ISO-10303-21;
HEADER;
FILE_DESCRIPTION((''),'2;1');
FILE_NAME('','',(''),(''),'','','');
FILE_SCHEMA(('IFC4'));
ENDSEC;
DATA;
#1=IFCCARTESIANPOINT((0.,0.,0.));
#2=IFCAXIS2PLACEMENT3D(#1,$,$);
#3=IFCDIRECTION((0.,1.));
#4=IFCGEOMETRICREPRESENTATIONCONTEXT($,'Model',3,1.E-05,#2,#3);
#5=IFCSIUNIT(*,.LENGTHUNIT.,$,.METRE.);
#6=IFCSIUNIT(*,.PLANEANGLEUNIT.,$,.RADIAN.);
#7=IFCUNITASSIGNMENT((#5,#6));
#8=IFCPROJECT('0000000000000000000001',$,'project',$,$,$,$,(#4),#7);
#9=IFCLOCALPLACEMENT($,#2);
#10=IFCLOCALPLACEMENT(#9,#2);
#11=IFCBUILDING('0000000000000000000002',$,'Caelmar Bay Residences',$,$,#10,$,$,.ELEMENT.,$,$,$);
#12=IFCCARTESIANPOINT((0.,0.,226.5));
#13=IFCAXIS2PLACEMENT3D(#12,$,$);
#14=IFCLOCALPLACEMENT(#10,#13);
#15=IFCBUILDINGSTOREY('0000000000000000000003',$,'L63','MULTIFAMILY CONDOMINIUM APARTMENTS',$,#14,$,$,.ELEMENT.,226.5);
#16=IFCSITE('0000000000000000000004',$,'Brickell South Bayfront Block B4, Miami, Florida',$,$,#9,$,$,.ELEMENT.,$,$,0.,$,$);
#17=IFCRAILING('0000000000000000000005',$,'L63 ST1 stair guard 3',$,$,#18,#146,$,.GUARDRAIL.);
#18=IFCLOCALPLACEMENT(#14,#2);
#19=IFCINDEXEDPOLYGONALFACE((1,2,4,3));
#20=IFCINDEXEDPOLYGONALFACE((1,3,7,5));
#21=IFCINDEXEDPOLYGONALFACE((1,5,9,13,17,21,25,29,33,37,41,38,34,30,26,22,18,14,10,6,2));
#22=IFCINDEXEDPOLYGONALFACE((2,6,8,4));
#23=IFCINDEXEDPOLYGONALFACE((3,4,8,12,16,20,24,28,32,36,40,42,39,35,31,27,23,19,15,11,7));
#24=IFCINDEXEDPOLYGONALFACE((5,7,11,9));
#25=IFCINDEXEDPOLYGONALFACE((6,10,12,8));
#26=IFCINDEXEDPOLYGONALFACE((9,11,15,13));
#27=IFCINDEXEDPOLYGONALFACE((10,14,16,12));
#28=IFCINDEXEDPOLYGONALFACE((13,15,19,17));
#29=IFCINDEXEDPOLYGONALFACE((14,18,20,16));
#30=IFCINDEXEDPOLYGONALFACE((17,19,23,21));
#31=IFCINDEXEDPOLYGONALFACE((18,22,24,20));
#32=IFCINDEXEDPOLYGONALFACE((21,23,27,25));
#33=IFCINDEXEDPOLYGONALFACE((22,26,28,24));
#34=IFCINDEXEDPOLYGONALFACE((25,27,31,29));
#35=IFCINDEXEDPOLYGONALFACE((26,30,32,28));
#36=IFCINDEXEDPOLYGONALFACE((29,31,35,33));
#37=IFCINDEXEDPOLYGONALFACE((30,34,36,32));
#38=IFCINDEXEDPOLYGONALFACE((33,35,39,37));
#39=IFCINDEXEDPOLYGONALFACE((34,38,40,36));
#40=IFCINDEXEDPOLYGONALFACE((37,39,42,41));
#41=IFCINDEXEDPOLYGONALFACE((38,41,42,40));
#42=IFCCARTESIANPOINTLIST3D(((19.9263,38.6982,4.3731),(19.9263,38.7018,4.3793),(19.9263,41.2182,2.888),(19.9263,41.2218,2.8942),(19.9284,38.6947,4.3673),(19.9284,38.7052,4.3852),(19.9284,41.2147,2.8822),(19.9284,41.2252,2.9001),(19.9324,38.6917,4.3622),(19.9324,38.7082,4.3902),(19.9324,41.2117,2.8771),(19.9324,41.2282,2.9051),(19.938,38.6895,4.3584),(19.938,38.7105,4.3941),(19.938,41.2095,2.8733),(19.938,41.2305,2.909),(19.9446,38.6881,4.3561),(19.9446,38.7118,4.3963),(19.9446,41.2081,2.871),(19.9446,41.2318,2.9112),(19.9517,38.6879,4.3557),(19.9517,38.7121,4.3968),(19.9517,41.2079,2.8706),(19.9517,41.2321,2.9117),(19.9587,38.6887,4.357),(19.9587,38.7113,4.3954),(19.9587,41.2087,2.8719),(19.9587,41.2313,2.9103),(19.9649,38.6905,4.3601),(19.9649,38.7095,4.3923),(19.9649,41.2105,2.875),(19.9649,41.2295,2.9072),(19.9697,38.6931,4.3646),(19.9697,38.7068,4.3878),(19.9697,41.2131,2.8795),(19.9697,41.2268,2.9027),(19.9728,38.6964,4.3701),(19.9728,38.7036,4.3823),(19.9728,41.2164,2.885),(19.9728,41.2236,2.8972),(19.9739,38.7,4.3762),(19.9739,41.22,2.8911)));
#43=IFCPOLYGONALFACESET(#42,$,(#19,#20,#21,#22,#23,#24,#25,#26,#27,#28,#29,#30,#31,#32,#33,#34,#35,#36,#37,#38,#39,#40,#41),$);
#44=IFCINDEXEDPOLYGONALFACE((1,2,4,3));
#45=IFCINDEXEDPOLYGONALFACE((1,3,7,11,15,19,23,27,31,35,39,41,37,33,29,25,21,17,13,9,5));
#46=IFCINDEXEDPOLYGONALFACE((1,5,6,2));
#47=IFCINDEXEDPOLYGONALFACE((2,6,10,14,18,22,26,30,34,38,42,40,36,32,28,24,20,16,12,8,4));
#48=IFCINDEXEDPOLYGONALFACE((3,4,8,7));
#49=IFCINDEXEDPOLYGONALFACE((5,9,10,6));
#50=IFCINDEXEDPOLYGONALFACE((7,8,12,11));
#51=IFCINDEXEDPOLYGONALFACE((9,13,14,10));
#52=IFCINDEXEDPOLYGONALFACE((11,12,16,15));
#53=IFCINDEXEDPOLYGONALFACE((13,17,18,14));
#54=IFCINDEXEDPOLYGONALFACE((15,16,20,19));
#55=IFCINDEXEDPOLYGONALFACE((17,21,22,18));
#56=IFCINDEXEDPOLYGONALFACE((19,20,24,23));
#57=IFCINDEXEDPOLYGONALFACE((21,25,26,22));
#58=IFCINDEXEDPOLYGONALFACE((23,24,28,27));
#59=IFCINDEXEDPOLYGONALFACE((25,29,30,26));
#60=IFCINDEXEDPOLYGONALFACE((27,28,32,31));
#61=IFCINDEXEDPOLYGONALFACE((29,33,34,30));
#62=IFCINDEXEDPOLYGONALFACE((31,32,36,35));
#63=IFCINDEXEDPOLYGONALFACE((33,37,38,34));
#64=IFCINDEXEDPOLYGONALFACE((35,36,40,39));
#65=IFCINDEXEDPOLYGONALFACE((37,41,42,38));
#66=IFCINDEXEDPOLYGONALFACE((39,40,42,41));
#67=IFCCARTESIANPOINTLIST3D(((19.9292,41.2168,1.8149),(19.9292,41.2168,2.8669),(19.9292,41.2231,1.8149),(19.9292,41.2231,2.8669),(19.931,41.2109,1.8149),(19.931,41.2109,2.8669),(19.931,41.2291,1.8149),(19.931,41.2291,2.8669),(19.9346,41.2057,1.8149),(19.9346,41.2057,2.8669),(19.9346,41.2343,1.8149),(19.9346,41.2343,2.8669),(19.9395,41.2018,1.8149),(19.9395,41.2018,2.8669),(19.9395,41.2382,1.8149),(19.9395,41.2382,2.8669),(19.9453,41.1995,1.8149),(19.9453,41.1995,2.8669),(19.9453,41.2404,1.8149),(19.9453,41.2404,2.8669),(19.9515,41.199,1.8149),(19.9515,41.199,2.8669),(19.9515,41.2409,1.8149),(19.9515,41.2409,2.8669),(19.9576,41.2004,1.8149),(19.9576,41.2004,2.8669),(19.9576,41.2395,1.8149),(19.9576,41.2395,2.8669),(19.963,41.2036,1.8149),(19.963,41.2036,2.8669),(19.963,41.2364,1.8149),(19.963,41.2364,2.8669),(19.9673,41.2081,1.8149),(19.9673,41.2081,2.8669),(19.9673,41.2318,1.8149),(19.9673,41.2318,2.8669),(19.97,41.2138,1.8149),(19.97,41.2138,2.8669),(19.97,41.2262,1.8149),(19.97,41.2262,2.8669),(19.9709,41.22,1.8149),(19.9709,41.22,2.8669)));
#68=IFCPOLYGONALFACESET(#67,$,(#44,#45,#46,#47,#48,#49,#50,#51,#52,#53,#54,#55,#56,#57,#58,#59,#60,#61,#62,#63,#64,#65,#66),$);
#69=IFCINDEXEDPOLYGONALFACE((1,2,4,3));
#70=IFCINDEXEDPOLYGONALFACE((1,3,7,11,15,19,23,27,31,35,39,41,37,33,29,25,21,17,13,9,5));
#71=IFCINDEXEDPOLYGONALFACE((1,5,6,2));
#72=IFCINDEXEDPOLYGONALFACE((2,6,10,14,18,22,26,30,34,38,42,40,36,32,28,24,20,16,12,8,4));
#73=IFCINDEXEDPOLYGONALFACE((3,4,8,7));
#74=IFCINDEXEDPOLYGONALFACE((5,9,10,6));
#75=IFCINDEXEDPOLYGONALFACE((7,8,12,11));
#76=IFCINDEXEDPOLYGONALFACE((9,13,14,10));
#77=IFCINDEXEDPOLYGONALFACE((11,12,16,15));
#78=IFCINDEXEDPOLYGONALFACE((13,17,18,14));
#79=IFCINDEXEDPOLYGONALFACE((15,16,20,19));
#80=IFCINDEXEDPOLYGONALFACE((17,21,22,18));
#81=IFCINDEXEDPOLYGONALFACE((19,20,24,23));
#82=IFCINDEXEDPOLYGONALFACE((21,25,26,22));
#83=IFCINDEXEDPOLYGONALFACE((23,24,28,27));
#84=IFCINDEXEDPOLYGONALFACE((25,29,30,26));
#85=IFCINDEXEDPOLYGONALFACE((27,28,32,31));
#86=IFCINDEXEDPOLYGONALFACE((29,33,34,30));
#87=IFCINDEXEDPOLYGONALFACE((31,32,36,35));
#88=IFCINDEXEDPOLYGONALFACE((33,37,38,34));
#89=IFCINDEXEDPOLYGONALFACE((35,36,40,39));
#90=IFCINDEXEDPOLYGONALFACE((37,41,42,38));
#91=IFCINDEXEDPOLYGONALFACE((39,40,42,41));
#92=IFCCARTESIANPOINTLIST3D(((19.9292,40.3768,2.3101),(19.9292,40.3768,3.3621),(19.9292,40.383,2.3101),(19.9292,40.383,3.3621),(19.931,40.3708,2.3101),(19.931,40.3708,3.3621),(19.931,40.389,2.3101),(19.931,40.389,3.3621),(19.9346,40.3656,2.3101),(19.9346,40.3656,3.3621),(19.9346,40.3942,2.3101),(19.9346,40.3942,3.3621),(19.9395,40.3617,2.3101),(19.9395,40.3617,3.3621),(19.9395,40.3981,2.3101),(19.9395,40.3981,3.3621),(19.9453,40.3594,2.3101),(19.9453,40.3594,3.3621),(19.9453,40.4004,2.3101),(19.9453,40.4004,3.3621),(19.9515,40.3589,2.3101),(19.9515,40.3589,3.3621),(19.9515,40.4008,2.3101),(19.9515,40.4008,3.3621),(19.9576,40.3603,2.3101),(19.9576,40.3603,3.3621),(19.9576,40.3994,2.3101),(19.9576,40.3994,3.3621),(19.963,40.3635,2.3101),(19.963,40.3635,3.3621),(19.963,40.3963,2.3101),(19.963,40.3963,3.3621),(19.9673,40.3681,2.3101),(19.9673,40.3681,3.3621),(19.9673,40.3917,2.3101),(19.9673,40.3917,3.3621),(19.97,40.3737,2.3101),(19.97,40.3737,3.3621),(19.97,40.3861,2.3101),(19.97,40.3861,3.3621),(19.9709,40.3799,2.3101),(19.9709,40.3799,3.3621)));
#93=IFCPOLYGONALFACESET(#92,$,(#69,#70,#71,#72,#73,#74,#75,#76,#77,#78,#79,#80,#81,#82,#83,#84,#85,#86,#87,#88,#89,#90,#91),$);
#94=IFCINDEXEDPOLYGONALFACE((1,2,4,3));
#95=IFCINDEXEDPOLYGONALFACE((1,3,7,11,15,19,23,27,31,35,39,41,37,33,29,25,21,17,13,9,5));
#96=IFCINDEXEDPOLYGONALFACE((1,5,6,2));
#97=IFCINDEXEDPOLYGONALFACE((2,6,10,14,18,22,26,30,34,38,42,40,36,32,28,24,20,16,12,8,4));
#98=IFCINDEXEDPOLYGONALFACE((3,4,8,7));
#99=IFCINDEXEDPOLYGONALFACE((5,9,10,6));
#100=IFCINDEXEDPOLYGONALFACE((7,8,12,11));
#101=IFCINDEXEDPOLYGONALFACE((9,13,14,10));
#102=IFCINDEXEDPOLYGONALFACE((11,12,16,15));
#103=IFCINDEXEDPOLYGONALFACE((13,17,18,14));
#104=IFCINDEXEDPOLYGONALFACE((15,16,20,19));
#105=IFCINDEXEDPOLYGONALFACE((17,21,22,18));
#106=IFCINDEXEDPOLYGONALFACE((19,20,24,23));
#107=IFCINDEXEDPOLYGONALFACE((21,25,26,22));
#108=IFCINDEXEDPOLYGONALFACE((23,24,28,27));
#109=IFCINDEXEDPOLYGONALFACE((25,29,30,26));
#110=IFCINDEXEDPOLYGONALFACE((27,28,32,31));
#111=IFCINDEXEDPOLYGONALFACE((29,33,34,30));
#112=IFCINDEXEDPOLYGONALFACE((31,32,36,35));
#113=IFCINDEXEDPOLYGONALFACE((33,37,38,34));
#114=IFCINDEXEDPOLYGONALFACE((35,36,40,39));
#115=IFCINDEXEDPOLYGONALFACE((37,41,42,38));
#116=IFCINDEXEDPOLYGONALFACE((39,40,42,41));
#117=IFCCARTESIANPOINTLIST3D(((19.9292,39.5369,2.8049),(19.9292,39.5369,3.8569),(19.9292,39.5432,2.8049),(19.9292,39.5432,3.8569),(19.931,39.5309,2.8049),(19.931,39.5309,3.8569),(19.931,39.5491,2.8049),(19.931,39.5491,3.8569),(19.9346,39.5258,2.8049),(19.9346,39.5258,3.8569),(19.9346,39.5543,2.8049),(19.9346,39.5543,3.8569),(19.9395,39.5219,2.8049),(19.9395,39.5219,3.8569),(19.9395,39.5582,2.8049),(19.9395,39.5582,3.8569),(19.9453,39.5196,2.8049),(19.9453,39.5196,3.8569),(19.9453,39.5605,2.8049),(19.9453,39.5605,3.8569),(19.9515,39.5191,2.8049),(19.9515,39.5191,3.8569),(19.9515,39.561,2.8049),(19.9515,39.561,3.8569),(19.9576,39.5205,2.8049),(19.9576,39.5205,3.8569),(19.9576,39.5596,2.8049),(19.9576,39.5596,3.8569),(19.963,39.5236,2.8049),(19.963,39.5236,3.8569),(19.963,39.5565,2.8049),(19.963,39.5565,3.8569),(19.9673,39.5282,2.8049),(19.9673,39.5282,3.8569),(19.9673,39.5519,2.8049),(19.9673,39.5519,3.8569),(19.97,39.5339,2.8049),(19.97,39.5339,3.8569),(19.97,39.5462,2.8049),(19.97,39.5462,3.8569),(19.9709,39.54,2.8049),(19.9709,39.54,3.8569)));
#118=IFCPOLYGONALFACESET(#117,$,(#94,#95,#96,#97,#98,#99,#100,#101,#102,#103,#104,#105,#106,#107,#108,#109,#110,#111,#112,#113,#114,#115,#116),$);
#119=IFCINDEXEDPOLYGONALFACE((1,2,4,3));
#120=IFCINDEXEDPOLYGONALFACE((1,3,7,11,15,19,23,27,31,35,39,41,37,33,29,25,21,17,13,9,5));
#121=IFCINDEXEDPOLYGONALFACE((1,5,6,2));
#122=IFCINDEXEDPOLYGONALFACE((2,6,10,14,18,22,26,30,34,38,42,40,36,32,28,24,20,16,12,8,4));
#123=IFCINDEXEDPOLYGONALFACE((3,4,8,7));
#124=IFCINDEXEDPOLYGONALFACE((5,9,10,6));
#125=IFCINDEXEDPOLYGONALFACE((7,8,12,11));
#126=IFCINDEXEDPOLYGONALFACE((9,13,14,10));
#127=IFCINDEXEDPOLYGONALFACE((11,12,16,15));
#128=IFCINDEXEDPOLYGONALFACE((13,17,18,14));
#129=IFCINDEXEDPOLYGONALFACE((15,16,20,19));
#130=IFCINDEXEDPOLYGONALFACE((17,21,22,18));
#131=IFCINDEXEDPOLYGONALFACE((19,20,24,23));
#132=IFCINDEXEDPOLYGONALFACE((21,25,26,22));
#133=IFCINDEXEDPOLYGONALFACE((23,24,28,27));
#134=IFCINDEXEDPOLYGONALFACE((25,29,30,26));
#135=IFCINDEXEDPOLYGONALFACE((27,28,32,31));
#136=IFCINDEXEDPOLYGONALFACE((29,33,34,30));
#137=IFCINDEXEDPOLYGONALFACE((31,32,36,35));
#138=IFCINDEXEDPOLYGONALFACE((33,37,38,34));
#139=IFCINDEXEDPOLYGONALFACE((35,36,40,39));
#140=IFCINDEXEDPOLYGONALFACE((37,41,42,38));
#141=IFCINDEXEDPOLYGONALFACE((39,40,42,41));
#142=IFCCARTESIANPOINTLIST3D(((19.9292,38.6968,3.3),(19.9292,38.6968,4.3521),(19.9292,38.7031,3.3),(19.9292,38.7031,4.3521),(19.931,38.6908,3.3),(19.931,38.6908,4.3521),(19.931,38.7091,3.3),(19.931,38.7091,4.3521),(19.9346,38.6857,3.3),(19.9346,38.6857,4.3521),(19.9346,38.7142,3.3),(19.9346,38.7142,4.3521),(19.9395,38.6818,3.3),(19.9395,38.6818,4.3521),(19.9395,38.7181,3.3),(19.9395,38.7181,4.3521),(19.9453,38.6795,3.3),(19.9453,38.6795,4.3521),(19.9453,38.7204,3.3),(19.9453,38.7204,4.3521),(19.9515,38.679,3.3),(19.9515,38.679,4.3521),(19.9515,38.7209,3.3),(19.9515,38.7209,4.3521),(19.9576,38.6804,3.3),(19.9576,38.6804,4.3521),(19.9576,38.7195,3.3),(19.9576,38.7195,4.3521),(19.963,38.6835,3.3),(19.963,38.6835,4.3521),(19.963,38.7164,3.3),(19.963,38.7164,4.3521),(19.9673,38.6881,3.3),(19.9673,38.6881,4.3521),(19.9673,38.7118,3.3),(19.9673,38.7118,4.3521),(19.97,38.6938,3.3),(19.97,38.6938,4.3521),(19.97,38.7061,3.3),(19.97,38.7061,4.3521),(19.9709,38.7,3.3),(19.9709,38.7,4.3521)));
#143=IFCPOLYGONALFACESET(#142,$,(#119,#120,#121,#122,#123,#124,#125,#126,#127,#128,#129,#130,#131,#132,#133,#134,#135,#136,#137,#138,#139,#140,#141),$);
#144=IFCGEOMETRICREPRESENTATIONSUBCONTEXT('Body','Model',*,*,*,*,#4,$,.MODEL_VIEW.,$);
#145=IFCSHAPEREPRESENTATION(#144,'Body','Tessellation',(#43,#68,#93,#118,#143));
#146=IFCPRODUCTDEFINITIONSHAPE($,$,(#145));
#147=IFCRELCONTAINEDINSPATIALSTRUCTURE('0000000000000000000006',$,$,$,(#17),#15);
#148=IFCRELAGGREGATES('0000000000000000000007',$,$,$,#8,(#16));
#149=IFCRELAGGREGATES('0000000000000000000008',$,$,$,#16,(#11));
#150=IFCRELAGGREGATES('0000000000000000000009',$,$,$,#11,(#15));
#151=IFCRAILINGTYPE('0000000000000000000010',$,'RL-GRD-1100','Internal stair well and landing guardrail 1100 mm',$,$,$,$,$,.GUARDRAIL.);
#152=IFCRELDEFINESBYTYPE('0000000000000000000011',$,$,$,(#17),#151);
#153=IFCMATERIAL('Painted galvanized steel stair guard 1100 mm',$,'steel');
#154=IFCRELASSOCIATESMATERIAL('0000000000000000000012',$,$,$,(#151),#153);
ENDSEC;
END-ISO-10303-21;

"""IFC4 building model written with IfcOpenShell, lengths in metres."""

from ifc_helpers import new_model, si_unit, direction, frame, origin, origin_2d, place, context, subcontext, project, spatial, circle, extrude, material, type_object, element, save


model = new_model("IFC4")

# Units and contexts
model_context = context("Model", 3, precision=1e-05, world=origin(), true_north=direction((0.0, 1.0)))
body_context = subcontext(model_context, "Body", "Model", "MODEL_VIEW")
ifc_project = project(units=[si_unit("LENGTHUNIT", "METRE"), si_unit("PLANEANGLEUNIT", "RADIAN")], contexts=[model_context])

# Site, building, storey
site_placement = place(None, origin())
site = spatial("IfcSite", under=ifc_project, at=site_placement, Name="Brickell South Bayfront Block B4, Miami, Florida", CompositionType="ELEMENT", RefElevation=0.0)
building_placement = place(site_placement, origin())
building = spatial("IfcBuilding", under=site, at=building_placement, Name="Caelmar Bay Residences", CompositionType="ELEMENT")
storey_placement = place(building_placement, frame((0.0, 0.0, 226.5)))
storey = spatial("IfcBuildingStorey", under=building, at=storey_placement, Name="L63", Description="MULTIFAMILY CONDOMINIUM APARTMENTS", CompositionType="ELEMENT", Elevation=226.5)

# Railing
ifc_material_1 = material(Name="Painted galvanized steel stair guard 1100 mm", Category="steel")
railing_type_1 = type_object("IfcRailingType", Name="RL-GRD-1100", Description="Internal stair well and landing guardrail 1100 mm", PredefinedType="GUARDRAIL", material=ifc_material_1)
railing_1_placement = place(storey_placement, frame((19.95, 41.22, 1.8149)))
element("IfcRailing", 1, at=railing_1_placement, inside=storey, type_object=railing_type_1, Name="L63 ST1 stair guard 3", PredefinedType="GUARDRAIL", context=body_context, shape_type="SweptSolid", body=[
    extrude(circle(Radius=0.0239, at=origin_2d()), frame((0.0, 0.0, 1.0762), z_axis=(0.0, -0.861524, 0.507717), x_axis=(1.0, 0.0, 0.0)), (0.0, 0.0, 1.0), 2.925),
    extrude(circle(Radius=0.021, at=origin_2d()), origin(), (0.0, 0.0, 1.0), 1.052),
    extrude(circle(Radius=0.021, at=origin_2d()), frame((0.0, -0.8401, 0.4951)), (0.0, 0.0, 1.0), 1.052),
    extrude(circle(Radius=0.021, at=origin_2d()), frame((0.0, -1.6799, 0.99)), (0.0, 0.0, 1.0), 1.052),
    extrude(circle(Radius=0.021, at=origin_2d()), frame((0.0, -2.52, 1.4851)), (0.0, 0.0, 1.0), 1.052),
])

save(model, "model.ifc")
